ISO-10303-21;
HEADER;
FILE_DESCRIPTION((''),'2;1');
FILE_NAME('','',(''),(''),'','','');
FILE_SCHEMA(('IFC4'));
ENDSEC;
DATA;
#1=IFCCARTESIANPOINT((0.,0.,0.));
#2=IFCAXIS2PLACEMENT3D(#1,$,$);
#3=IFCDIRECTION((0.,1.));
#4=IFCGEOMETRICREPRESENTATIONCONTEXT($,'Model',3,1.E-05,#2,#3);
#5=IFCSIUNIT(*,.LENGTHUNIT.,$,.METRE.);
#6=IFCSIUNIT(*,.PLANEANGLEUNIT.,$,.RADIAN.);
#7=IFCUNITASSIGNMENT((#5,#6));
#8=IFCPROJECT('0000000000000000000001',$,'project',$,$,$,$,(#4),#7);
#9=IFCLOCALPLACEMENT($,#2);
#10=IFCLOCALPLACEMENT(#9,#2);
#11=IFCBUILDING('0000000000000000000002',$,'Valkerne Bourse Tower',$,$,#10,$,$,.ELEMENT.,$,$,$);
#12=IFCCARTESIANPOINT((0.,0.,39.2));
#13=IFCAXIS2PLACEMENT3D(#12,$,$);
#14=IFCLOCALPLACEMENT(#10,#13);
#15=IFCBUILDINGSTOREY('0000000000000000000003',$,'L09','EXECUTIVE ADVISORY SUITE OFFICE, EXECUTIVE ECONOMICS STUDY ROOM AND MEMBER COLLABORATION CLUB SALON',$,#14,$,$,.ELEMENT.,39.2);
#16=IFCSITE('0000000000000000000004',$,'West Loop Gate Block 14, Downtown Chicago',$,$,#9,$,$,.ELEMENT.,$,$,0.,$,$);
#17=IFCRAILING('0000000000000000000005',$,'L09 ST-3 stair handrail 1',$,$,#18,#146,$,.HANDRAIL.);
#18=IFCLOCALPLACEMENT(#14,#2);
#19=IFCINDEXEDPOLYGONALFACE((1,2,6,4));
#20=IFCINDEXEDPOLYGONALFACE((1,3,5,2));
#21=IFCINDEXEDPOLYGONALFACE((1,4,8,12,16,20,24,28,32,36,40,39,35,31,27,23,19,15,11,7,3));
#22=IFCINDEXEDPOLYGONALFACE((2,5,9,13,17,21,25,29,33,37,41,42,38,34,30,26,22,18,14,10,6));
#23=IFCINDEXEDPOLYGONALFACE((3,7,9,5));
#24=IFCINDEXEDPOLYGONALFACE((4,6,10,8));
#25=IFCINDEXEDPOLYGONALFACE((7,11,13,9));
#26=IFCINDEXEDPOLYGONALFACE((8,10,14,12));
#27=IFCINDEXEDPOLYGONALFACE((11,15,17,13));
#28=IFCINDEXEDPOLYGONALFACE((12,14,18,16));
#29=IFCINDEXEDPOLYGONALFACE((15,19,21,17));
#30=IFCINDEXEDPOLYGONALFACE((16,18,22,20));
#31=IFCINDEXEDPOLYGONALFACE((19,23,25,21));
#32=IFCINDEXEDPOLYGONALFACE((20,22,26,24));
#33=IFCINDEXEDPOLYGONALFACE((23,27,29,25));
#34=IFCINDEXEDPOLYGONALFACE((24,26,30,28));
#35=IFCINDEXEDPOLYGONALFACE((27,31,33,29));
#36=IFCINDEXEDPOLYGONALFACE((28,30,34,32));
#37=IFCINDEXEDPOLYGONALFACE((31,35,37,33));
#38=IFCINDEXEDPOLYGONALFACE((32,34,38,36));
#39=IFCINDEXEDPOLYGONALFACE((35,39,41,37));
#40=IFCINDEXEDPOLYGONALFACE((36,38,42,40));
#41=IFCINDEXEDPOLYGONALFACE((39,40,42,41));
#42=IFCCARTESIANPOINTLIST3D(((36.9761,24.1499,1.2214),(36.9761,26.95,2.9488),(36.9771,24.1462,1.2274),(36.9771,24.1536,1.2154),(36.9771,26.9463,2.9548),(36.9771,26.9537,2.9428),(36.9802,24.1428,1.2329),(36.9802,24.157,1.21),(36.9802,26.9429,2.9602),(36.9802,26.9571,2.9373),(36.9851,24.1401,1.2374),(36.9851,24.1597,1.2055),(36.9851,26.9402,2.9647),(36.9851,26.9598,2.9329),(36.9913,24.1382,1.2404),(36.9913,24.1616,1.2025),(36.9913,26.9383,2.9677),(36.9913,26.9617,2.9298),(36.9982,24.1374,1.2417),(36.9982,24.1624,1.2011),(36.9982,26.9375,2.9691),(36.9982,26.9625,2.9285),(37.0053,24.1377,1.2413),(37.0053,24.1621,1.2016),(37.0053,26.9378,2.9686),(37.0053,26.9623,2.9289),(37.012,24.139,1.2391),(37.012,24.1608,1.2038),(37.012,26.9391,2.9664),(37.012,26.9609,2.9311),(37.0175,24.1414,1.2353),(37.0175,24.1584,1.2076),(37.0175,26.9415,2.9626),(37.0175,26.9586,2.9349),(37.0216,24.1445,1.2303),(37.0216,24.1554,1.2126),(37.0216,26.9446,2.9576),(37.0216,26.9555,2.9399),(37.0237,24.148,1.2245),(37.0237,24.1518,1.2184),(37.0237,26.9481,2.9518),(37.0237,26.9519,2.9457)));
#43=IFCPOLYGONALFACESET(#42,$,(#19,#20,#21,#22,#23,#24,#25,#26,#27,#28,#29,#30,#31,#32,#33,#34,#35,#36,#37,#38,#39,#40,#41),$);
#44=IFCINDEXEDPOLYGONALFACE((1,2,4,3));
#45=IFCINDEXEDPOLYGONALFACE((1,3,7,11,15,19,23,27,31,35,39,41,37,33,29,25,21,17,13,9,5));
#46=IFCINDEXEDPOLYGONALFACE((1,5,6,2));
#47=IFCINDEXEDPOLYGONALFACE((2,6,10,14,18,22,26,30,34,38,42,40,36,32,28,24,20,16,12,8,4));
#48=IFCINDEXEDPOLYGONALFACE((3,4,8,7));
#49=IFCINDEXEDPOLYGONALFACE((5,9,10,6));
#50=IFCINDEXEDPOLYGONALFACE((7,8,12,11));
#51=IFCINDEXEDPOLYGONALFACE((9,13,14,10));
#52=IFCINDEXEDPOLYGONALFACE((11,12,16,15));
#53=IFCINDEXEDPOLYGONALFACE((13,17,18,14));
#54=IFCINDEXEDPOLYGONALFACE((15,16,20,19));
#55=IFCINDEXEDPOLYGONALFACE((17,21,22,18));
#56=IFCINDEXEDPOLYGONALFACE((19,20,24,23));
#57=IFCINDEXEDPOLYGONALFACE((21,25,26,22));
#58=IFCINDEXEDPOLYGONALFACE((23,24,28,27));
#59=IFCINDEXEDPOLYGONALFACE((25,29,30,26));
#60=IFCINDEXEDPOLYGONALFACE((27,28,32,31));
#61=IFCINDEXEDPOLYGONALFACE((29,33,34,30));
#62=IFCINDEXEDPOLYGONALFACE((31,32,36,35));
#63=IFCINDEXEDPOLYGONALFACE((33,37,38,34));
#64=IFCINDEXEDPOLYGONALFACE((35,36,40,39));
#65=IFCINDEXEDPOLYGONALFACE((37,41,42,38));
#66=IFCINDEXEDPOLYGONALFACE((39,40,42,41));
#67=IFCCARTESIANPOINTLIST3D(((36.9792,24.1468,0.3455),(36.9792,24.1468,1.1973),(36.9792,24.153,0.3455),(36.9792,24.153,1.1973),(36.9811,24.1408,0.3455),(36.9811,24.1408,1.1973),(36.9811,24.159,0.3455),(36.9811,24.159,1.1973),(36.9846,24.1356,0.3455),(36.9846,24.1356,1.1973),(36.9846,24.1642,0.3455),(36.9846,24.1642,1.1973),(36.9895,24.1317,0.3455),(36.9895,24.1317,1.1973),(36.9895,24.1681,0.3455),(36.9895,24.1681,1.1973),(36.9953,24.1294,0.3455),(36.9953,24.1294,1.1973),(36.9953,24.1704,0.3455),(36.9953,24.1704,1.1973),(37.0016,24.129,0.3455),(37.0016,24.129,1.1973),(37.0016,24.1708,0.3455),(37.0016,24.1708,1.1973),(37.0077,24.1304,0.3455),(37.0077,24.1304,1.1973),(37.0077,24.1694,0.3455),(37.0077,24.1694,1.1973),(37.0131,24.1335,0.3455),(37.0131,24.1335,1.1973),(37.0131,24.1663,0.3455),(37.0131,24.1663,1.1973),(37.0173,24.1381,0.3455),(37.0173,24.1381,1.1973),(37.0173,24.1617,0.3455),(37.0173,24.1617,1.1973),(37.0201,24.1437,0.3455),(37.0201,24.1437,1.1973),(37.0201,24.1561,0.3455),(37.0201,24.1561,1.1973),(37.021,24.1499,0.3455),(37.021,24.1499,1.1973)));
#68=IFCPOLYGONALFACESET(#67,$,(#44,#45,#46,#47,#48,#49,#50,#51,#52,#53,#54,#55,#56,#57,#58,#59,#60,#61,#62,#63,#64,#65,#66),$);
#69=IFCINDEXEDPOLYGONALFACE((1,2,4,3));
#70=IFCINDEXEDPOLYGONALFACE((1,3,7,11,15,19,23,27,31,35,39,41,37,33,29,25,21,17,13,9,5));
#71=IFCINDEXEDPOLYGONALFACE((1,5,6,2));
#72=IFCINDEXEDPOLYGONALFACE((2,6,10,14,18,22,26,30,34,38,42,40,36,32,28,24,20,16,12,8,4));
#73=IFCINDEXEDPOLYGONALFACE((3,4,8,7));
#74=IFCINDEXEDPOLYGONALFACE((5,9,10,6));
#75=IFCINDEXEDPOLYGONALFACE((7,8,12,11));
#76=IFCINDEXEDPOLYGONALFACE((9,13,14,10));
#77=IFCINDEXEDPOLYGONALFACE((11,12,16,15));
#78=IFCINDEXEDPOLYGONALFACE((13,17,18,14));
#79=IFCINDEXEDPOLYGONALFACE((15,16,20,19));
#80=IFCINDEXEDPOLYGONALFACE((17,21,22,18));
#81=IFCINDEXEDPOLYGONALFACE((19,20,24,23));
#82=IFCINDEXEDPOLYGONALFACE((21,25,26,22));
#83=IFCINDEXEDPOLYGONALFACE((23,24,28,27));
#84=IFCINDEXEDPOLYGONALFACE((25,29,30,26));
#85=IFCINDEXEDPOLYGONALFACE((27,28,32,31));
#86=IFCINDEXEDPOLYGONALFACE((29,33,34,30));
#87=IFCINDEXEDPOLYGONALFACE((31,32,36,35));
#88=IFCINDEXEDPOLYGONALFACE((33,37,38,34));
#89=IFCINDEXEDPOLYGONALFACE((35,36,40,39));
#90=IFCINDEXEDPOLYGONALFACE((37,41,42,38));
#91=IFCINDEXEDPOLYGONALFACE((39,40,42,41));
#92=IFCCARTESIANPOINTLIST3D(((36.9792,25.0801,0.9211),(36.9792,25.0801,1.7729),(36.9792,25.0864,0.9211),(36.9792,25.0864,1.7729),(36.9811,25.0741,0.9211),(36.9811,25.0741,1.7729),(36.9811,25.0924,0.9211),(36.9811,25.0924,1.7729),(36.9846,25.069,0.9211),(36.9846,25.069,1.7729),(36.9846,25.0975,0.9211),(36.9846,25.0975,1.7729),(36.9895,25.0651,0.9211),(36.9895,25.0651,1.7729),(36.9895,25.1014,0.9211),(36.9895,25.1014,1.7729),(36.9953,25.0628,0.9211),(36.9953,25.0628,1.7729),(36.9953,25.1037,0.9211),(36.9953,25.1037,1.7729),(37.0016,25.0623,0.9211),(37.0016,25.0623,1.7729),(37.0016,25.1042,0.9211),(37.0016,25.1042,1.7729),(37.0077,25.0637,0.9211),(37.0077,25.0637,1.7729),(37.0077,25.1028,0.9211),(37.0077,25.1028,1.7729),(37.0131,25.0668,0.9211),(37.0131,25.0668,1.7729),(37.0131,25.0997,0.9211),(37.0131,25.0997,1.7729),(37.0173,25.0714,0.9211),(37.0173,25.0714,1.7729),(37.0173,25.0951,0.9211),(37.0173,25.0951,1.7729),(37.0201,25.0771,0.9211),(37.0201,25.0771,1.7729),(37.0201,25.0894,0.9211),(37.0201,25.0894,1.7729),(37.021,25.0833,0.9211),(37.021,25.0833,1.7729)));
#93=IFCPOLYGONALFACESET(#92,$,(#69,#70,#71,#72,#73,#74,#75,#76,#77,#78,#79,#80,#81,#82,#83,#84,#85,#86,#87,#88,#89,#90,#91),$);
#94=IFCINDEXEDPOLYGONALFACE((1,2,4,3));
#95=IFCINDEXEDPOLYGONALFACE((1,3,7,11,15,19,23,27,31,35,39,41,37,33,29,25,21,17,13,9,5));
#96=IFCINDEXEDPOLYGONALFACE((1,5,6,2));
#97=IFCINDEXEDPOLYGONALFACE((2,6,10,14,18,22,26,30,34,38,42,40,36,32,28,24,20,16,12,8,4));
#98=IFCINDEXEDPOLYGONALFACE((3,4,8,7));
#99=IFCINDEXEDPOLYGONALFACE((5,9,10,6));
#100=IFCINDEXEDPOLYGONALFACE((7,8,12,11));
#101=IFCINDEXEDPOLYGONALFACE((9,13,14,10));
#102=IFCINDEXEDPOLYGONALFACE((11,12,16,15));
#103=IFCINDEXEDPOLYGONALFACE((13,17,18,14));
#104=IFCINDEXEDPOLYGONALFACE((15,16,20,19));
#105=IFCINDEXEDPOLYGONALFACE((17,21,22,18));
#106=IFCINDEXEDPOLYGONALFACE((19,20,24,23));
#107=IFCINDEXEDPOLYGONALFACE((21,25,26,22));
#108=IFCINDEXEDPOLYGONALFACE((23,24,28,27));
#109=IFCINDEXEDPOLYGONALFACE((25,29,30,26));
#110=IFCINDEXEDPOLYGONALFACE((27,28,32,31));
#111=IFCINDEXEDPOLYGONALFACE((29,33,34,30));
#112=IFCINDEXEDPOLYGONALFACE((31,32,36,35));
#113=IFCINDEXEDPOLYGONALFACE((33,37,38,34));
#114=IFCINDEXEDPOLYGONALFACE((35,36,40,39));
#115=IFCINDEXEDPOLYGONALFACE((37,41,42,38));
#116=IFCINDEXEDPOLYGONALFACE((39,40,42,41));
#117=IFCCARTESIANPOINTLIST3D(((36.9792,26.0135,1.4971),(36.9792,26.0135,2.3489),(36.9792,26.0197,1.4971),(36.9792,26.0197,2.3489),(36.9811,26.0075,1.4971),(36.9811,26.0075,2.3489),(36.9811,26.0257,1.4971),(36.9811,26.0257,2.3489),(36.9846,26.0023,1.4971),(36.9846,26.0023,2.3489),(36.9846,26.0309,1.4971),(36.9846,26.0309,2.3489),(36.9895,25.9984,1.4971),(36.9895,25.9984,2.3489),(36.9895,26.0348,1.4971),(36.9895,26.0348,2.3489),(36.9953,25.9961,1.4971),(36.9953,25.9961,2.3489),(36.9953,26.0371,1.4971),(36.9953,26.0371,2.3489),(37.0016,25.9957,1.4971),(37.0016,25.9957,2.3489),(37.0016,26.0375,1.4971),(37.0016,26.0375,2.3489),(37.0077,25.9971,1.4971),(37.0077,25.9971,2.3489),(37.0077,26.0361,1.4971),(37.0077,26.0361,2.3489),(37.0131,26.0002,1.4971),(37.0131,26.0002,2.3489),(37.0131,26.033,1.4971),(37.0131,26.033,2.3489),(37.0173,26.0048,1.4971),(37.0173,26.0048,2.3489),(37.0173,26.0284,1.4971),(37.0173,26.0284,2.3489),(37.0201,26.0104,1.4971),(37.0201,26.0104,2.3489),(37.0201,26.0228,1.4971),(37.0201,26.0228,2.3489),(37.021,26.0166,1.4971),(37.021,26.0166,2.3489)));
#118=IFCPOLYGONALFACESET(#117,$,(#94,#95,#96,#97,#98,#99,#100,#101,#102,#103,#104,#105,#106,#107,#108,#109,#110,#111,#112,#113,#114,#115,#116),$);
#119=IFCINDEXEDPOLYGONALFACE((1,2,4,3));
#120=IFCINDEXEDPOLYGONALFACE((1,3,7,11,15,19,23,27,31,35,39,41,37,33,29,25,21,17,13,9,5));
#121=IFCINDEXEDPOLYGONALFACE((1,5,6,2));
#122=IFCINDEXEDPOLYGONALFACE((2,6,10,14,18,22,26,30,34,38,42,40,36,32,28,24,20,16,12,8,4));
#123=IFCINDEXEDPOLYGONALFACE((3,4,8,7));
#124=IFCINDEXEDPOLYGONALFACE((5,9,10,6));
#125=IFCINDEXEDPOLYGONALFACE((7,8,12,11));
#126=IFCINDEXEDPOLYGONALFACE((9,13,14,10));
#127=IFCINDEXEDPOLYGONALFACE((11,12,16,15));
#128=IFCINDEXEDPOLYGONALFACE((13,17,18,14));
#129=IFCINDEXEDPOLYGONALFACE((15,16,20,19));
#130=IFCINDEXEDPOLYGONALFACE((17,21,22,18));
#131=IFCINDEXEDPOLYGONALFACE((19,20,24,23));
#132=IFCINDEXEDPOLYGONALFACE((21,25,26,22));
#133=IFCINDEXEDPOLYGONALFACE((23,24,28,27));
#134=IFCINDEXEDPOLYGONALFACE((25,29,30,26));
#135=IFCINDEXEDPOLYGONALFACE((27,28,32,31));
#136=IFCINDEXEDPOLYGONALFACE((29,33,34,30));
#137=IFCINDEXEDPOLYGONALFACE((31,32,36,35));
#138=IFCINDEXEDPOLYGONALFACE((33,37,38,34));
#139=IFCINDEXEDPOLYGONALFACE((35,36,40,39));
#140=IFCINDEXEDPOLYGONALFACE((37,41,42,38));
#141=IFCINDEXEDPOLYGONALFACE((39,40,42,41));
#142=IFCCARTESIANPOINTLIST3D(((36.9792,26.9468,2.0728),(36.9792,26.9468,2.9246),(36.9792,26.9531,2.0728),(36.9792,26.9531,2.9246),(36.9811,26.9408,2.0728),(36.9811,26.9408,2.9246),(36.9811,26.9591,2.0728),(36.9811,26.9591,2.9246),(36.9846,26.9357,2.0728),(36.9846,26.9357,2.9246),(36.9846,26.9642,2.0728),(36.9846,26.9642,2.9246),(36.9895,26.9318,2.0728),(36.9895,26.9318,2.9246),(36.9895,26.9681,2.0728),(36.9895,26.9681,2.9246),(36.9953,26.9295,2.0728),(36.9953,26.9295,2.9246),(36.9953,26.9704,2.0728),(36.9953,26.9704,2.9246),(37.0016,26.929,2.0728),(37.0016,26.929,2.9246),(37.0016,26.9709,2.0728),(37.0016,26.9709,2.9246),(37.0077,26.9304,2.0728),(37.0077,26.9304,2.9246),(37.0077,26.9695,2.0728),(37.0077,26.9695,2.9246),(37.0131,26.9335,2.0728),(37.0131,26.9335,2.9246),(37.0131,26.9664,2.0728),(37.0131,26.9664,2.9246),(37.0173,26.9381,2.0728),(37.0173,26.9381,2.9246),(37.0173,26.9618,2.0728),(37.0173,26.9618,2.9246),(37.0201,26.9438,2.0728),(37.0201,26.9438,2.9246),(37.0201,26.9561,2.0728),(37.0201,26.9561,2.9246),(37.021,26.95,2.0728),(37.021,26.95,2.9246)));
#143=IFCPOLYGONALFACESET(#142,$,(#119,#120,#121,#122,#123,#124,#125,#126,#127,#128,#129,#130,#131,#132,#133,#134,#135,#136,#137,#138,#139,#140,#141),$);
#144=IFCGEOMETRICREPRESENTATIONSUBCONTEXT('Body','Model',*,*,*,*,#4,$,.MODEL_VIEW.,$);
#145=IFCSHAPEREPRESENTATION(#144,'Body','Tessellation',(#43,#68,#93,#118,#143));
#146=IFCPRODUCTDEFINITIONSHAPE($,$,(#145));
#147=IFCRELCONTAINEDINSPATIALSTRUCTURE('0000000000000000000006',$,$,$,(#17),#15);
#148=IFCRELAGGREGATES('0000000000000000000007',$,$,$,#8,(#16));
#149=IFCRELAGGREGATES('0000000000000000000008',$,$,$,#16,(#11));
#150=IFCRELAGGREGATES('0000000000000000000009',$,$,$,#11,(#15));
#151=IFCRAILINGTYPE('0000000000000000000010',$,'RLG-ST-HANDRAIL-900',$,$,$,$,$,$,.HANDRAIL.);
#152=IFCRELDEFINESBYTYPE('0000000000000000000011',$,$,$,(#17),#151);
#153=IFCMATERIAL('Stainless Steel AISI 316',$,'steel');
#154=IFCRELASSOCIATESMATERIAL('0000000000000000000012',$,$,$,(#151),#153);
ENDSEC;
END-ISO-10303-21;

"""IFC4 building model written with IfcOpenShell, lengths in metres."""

from ifc_helpers import new_model, si_unit, direction, frame, origin, origin_2d, place, context, subcontext, project, spatial, circle, extrude, material, type_object, element, save


model = new_model("IFC4")

# Units and contexts
model_context = context("Model", 3, precision=1e-05, world=origin(), true_north=direction((0.0, 1.0)))
body_context = subcontext(model_context, "Body", "Model", "MODEL_VIEW")
ifc_project = project(units=[si_unit("LENGTHUNIT", "METRE"), si_unit("PLANEANGLEUNIT", "RADIAN")], contexts=[model_context])

# Site, building, storey
site_placement = place(None, origin())
site = spatial("IfcSite", under=ifc_project, at=site_placement, Name="West Loop Gate Block 14, Downtown Chicago", CompositionType="ELEMENT", RefElevation=0.0)
building_placement = place(site_placement, origin())
building = spatial("IfcBuilding", under=site, at=building_placement, Name="Valkerne Bourse Tower", CompositionType="ELEMENT")
storey_placement = place(building_placement, frame((0.0, 0.0, 39.2)))
storey = spatial("IfcBuildingStorey", under=building, at=storey_placement, Name="L09", Description="EXECUTIVE ADVISORY SUITE OFFICE, EXECUTIVE ECONOMICS STUDY ROOM AND MEMBER COLLABORATION CLUB SALON", CompositionType="ELEMENT", Elevation=39.2)

# Shared definitions
ifc_material_1 = material(Name="Stainless Steel AISI 316", Category="steel")

# Railing
railing_type_1 = type_object("IfcRailingType", Name="RLG-ST-HANDRAIL-900", PredefinedType="HANDRAIL", material=ifc_material_1)
railing_1_placement = place(storey_placement, frame((37.0, 24.1499, 0.3455)))
element("IfcRailing", 1, at=railing_1_placement, inside=storey, type_object=railing_type_1, Name="L09 ST-3 stair handrail 1", PredefinedType="HANDRAIL", context=body_context, shape_type="SweptSolid", body=[
    extrude(circle(Radius=0.0239, at=origin_2d()), frame((0.0, 0.0, 0.876), z_axis=(0.0, 0.85109, 0.52502), x_axis=(-1.0, 0.0, 0.0)), (0.0, 0.0, 1.0), 3.29),
    extrude(circle(Radius=0.021, at=origin_2d()), origin(), (0.0, 0.0, 1.0), 0.8518),
    extrude(circle(Radius=0.021, at=origin_2d()), frame((0.0, 0.9333, 0.5757)), (0.0, 0.0, 1.0), 0.8518),
    extrude(circle(Radius=0.021, at=origin_2d()), frame((0.0, 1.8667, 1.1516)), (0.0, 0.0, 1.0), 0.8518),
    extrude(circle(Radius=0.021, at=origin_2d()), frame((0.0, 2.8, 1.7273)), (0.0, 0.0, 1.0), 0.8518),
])

save(model, "model.ifc")
